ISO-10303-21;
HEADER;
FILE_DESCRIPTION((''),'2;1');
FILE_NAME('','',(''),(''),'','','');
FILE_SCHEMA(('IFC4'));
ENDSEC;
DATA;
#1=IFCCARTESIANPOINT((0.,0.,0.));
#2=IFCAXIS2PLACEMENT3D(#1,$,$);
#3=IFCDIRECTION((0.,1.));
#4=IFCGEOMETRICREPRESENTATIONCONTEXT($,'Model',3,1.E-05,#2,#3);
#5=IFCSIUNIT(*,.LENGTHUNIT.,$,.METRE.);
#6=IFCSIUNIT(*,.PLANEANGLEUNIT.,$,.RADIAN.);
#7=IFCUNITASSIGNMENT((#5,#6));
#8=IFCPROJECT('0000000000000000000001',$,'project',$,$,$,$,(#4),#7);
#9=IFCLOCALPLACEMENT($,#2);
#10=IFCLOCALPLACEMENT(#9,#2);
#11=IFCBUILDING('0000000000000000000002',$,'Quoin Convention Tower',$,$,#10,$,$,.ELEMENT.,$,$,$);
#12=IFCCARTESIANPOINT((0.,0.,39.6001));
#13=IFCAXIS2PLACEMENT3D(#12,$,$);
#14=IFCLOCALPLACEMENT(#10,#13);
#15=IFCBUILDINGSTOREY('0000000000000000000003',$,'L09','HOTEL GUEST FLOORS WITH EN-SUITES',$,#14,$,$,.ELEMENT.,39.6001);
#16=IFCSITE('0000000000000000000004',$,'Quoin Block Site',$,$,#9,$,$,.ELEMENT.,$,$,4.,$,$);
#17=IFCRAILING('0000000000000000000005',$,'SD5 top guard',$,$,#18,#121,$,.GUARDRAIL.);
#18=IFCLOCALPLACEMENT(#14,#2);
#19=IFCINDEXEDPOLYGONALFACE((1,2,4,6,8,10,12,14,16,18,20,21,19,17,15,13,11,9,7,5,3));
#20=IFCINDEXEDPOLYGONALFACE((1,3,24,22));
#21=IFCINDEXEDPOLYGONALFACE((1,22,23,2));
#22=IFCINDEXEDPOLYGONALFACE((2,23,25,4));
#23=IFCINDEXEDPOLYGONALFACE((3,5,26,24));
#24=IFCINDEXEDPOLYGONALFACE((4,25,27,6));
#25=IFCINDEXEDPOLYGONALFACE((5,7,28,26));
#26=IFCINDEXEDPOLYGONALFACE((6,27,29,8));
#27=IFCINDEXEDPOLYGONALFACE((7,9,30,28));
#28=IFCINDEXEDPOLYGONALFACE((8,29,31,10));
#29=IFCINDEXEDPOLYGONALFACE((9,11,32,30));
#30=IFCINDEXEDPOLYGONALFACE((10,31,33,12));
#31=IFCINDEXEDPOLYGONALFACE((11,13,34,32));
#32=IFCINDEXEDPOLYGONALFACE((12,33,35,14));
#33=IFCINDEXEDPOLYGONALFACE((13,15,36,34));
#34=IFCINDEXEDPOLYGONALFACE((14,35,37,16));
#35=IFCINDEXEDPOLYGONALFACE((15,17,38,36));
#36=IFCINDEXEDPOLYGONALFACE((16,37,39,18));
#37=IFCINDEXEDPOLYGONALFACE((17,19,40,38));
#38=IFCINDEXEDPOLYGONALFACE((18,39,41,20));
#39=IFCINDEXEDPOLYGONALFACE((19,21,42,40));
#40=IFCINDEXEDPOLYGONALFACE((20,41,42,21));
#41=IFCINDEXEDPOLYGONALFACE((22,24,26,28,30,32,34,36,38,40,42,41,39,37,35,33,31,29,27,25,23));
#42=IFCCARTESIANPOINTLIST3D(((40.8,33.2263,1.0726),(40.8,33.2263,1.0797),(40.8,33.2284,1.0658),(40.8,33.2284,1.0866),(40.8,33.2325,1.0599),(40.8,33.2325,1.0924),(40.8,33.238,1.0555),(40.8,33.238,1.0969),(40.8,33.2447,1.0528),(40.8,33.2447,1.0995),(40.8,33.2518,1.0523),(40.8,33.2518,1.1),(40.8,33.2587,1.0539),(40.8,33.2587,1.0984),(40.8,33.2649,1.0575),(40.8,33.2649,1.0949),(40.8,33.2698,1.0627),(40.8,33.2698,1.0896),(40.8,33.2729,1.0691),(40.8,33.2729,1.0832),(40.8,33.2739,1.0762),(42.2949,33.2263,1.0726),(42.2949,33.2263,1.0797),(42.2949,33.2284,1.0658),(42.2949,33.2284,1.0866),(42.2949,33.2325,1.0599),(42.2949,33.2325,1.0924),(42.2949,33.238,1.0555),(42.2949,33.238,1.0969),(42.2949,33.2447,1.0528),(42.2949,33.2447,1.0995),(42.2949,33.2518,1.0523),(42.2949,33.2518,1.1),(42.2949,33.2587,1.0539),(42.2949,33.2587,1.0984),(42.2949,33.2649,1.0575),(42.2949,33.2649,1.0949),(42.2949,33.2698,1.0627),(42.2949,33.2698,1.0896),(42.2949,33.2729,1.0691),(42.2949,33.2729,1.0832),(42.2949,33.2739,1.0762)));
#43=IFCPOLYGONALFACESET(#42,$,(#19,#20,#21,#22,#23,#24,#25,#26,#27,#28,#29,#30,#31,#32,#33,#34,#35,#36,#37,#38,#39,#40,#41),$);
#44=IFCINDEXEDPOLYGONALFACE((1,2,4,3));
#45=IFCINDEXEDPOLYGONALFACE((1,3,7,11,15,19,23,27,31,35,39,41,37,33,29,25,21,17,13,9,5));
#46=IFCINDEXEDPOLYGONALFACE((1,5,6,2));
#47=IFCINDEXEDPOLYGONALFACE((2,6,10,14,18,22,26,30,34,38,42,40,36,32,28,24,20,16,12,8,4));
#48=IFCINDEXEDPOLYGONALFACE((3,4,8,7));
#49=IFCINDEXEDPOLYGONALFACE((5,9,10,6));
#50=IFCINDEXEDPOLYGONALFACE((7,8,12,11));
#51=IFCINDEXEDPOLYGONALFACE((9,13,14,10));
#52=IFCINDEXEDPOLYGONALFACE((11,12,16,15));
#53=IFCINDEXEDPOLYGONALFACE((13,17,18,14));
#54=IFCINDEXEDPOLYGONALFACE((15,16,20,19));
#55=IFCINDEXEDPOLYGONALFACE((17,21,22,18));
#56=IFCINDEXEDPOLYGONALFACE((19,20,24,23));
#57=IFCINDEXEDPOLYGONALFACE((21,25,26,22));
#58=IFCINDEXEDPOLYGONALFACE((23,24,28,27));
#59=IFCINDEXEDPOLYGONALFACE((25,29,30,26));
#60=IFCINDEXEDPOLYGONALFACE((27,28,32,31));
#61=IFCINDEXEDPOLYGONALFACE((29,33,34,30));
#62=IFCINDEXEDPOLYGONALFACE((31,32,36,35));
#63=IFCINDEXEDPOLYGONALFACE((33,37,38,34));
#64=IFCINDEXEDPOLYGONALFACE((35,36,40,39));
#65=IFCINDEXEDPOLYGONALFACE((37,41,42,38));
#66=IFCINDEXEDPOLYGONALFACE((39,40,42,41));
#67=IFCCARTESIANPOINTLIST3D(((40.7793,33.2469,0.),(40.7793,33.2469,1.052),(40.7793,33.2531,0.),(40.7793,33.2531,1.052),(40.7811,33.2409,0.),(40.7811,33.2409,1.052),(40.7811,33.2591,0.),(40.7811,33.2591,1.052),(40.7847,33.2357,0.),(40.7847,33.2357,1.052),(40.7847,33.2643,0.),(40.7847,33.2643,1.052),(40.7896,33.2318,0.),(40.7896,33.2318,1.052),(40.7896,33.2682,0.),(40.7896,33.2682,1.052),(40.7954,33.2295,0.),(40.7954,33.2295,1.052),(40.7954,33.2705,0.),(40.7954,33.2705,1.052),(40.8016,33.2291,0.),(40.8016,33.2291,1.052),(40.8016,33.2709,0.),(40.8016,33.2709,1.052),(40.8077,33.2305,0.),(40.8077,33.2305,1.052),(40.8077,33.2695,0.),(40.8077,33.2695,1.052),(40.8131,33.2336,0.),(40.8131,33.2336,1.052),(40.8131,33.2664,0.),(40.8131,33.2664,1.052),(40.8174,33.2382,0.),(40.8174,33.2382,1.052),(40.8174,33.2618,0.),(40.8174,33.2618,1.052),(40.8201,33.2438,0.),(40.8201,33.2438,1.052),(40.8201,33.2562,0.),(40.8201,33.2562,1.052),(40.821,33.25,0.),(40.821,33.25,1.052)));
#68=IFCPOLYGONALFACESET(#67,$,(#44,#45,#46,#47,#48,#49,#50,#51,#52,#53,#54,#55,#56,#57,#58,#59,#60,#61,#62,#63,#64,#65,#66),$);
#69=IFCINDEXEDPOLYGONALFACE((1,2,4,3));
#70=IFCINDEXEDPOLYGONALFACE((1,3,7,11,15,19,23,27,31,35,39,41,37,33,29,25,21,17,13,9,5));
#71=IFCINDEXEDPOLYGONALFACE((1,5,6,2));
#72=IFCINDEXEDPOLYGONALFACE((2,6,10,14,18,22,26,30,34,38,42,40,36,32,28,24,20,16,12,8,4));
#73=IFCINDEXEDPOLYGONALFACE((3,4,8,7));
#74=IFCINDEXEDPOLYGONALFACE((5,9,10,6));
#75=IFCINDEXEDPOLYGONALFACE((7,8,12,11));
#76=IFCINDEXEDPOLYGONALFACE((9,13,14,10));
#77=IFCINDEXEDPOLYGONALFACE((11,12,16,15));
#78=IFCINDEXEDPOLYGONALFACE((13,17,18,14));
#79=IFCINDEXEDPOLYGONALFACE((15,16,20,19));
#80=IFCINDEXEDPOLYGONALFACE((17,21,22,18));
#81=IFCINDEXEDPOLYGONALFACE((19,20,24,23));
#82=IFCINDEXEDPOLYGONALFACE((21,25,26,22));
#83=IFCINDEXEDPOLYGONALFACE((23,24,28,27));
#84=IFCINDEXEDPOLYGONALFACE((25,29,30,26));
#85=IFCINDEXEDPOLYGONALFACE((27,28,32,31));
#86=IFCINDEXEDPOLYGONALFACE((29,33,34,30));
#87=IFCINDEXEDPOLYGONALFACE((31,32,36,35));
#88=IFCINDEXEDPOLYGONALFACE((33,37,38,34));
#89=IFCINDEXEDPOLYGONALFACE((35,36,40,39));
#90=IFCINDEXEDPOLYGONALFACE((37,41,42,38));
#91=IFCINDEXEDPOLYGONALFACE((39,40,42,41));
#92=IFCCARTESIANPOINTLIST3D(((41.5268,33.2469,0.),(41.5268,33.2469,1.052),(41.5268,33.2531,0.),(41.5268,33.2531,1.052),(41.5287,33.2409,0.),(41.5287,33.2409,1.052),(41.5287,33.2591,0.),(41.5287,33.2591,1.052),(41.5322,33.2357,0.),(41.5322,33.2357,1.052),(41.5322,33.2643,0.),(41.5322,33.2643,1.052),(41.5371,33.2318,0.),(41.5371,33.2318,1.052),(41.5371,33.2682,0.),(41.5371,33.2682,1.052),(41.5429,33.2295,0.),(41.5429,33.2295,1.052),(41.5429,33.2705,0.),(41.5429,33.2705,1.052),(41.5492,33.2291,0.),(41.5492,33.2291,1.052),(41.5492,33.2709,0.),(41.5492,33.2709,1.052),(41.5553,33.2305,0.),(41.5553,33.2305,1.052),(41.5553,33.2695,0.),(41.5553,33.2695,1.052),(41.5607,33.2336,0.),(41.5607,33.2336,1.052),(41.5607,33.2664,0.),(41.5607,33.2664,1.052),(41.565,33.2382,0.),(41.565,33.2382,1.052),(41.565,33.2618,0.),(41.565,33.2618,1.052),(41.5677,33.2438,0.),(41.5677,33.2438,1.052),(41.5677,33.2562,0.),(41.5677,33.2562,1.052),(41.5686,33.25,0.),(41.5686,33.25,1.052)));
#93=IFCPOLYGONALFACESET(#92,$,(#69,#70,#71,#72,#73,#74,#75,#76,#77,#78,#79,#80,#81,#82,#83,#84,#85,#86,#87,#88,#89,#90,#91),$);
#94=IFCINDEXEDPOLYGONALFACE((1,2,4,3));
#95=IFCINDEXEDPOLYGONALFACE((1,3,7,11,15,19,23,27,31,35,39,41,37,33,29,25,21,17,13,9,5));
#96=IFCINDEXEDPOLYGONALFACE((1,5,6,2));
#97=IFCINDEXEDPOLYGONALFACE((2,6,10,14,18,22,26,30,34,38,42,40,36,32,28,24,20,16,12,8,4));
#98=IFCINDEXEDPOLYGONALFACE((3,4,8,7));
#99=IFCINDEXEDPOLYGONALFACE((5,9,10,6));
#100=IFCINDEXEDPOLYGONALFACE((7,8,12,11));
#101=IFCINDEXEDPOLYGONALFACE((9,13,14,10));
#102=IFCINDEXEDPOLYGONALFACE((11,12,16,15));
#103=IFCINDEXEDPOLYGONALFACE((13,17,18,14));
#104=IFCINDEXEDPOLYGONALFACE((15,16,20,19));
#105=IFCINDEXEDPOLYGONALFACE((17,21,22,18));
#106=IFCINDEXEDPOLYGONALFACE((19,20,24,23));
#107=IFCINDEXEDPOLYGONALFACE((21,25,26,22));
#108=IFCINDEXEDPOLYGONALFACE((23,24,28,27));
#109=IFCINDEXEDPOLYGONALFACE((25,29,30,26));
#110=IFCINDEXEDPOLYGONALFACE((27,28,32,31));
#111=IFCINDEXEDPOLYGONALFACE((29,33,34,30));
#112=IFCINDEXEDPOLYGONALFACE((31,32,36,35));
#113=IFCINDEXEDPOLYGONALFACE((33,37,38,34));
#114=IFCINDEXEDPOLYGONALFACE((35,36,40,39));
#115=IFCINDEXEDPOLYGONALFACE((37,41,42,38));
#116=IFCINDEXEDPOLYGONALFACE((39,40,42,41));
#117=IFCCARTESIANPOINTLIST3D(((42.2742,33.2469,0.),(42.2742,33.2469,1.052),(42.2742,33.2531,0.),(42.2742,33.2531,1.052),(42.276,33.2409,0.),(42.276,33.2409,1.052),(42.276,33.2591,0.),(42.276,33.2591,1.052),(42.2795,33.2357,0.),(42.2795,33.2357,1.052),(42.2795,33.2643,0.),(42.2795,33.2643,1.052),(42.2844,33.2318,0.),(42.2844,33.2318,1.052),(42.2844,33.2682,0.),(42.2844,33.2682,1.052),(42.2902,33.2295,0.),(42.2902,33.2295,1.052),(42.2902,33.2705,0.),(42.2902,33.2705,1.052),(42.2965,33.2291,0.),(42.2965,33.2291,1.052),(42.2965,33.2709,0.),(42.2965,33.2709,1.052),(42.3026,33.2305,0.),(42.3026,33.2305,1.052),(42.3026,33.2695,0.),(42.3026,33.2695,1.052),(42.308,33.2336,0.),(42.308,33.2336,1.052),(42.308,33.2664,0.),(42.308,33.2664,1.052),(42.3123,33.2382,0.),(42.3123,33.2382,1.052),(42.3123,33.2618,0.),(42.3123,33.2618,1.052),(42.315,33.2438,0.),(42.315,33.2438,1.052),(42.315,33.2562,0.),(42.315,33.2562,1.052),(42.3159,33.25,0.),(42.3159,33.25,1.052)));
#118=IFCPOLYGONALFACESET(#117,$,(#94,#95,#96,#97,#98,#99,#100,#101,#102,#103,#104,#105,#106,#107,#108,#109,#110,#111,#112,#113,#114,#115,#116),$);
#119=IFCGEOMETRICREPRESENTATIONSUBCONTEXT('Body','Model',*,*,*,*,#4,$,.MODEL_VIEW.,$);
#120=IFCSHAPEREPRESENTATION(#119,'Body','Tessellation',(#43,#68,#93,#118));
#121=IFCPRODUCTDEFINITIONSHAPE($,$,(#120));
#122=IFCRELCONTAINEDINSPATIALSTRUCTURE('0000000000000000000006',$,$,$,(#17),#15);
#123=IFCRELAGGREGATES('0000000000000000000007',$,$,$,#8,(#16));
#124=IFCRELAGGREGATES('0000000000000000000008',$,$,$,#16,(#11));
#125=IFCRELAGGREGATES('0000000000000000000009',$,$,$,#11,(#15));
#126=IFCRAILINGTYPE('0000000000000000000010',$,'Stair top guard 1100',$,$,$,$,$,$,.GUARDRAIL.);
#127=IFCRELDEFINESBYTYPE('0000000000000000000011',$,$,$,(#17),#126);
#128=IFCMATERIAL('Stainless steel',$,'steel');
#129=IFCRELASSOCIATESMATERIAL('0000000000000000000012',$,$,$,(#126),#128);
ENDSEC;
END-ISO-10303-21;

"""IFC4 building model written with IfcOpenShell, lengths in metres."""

from ifc_helpers import new_model, si_unit, direction, frame, origin, origin_2d, place, context, subcontext, project, spatial, circle, extrude, material, type_object, element, save


model = new_model("IFC4")

# Units and contexts
model_context = context("Model", 3, precision=1e-05, world=origin(), true_north=direction((0.0, 1.0)))
body_context = subcontext(model_context, "Body", "Model", "MODEL_VIEW")
ifc_project = project(units=[si_unit("LENGTHUNIT", "METRE"), si_unit("PLANEANGLEUNIT", "RADIAN")], contexts=[model_context])

# Site, building, storey
site_placement = place(None, origin())
site = spatial("IfcSite", under=ifc_project, at=site_placement, Name="Quoin Block Site", CompositionType="ELEMENT", RefElevation=4.0)
building_placement = place(site_placement, origin())
building = spatial("IfcBuilding", under=site, at=building_placement, Name="Quoin Convention Tower", CompositionType="ELEMENT")
storey_placement = place(building_placement, frame((0.0, 0.0, 39.6001)))
storey = spatial("IfcBuildingStorey", under=building, at=storey_placement, Name="L09", Description="HOTEL GUEST FLOORS WITH EN-SUITES", CompositionType="ELEMENT", Elevation=39.6001)

# Railing
ifc_material_1 = material(Name="Stainless steel", Category="steel")
railing_type = type_object("IfcRailingType", Name="Stair top guard 1100", PredefinedType="GUARDRAIL", material=ifc_material_1)
railing_placement = place(storey_placement, frame((40.8, 33.25, 0.0)))
element("IfcRailing", 1, at=railing_placement, inside=storey, type_object=railing_type, Name="SD5 top guard", PredefinedType="GUARDRAIL", context=body_context, shape_type="SweptSolid", body=[
    extrude(circle(Radius=0.0239, at=origin_2d()), frame((0.0, 0.0, 1.0762), z_axis=(1.0, 0.0, 0.0), x_axis=(0.0, 1.0, 0.0)), (0.0, 0.0, 1.0), 1.4949),
    extrude(circle(Radius=0.021, at=origin_2d()), origin(), (0.0, 0.0, 1.0), 1.052),
    extrude(circle(Radius=0.021, at=origin_2d()), frame((0.7476, 0.0, 0.0)), (0.0, 0.0, 1.0), 1.052),
    extrude(circle(Radius=0.021, at=origin_2d()), frame((1.4949, 0.0, 0.0)), (0.0, 0.0, 1.0), 1.052),
])

save(model, "model.ifc")
